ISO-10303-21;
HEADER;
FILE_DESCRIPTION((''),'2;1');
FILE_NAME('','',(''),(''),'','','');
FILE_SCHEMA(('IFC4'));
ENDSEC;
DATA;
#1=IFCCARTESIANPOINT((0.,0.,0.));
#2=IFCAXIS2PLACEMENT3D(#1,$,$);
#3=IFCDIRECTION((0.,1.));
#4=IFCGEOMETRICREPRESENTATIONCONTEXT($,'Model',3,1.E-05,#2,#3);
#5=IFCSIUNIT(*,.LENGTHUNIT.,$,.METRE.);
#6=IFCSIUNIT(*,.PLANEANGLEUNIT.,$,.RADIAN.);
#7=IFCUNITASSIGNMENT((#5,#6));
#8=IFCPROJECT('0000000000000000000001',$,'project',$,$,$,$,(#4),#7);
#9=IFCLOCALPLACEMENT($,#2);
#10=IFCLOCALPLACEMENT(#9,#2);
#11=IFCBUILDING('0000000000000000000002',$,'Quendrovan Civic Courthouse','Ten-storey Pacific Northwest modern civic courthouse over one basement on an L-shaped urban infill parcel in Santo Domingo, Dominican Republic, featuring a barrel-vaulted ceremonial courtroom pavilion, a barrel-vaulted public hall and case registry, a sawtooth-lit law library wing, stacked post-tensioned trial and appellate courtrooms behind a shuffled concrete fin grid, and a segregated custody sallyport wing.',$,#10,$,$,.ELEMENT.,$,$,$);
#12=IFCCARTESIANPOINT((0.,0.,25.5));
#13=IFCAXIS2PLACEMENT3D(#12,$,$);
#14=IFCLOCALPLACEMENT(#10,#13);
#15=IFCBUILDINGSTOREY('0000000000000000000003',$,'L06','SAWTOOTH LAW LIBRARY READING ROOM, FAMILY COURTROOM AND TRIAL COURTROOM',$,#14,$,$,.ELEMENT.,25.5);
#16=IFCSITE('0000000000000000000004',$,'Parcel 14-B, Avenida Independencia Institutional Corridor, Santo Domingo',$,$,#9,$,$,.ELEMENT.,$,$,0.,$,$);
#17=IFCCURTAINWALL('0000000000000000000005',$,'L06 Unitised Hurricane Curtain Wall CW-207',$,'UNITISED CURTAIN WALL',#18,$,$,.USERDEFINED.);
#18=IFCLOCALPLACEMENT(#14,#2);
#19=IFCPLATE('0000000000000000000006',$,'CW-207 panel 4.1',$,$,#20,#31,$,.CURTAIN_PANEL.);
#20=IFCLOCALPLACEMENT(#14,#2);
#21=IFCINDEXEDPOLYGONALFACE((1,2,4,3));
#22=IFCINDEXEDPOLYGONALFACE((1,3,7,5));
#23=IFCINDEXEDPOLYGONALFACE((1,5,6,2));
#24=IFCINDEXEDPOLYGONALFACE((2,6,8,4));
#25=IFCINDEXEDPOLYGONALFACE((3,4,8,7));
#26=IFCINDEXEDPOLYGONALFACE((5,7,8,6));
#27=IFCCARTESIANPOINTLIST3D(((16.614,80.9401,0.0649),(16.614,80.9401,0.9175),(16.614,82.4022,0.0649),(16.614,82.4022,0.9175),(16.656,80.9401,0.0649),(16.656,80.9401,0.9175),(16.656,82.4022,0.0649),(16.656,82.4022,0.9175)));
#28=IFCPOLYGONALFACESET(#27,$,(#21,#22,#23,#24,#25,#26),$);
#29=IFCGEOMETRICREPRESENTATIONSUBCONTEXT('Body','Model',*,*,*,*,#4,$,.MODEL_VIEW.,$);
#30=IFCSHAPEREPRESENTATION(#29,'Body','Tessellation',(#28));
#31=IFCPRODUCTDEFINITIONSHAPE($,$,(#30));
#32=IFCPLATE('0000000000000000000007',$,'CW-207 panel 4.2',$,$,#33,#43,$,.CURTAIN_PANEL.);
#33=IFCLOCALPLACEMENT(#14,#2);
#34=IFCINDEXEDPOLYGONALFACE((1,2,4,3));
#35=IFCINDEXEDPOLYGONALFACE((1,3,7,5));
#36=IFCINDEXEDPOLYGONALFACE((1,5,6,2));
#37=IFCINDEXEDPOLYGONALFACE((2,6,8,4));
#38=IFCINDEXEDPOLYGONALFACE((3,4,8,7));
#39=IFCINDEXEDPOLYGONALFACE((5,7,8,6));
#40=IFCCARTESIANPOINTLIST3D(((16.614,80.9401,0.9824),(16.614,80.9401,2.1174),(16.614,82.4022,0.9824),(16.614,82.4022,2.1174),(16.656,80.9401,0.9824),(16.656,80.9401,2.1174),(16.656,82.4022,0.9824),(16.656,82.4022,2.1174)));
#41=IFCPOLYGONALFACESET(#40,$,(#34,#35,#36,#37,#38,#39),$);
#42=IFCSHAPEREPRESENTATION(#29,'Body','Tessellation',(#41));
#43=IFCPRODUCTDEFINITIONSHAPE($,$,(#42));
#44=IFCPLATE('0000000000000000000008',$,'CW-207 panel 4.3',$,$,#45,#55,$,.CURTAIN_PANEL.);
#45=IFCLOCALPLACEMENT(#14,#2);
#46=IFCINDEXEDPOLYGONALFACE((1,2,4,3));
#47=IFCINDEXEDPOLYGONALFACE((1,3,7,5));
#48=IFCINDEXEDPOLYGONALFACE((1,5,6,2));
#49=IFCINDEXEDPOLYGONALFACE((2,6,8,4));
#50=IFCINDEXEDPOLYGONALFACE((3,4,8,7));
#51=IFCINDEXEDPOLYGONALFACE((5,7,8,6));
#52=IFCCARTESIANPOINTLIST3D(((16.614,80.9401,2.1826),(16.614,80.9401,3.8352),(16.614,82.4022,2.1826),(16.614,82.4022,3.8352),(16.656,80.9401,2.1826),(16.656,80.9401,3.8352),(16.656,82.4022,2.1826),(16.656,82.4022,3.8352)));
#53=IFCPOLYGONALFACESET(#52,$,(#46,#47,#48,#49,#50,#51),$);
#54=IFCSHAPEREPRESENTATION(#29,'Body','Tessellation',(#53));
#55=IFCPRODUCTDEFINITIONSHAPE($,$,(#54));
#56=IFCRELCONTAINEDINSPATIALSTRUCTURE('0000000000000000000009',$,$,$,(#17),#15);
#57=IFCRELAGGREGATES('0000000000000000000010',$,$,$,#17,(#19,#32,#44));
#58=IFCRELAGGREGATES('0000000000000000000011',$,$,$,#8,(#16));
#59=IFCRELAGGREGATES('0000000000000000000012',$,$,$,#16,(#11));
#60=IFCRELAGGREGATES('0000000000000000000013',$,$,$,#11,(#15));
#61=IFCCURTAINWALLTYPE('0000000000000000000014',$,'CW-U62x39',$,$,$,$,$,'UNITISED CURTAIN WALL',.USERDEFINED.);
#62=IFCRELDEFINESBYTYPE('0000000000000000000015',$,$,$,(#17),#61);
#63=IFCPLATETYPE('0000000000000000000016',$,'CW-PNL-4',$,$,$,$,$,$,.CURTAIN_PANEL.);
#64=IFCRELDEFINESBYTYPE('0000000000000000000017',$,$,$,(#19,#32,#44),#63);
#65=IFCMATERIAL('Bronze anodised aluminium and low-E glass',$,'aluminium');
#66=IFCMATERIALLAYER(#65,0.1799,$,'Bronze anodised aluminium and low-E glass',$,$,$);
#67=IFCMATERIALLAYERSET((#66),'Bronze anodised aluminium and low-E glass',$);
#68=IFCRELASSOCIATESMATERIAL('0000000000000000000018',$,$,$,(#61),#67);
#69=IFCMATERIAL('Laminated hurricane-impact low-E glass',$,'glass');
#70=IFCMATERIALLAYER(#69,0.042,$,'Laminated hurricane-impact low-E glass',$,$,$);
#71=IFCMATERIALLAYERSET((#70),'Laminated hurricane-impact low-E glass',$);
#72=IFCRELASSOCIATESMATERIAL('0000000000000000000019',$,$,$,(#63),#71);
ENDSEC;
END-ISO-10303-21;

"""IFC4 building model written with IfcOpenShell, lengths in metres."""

from ifc_helpers import new_model, si_unit, direction, frame, origin, origin_2d, place, context, subcontext, project, spatial, rectangle, extrude, material, layer, layer_set, type_object, element, aggregate, save


model = new_model("IFC4")

# Units and contexts
model_context = context("Model", 3, precision=1e-05, world=origin(), true_north=direction((0.0, 1.0)))
body_context = subcontext(model_context, "Body", "Model", "MODEL_VIEW")
ifc_project = project(units=[si_unit("LENGTHUNIT", "METRE"), si_unit("PLANEANGLEUNIT", "RADIAN")], contexts=[model_context])

# Site, building, storey
site_placement = place(None, origin())
site = spatial("IfcSite", under=ifc_project, at=site_placement, Name="Parcel 14-B, Avenida Independencia Institutional Corridor, Santo Domingo", CompositionType="ELEMENT", RefElevation=0.0)
building_placement = place(site_placement, origin())
building = spatial("IfcBuilding", under=site, at=building_placement, Name="Quendrovan Civic Courthouse", Description="Ten-storey Pacific Northwest modern civic courthouse over one basement on an L-shaped urban infill parcel in Santo Domingo, Dominican Republic, featuring a barrel-vaulted ceremonial courtroom pavilion, a barrel-vaulted public hall and case registry, a sawtooth-lit law library wing, stacked post-tensioned trial and appellate courtrooms behind a shuffled concrete fin grid, and a segregated custody sallyport wing.", CompositionType="ELEMENT")
storey_placement = place(building_placement, frame((0.0, 0.0, 25.5)))
storey = spatial("IfcBuildingStorey", under=building, at=storey_placement, Name="L06", Description="SAWTOOTH LAW LIBRARY READING ROOM, FAMILY COURTROOM AND TRIAL COURTROOM", CompositionType="ELEMENT", Elevation=25.5)

# Curtain wall, plates
ifc_material_1 = material(Name="Bronze anodised aluminium and low-E glass", Category="aluminium")
ifc_layer_1 = layer(ifc_material_1, 0.1799, Name="Bronze anodised aluminium and low-E glass")
ifc_layer_set_1 = layer_set([ifc_layer_1], Name="Bronze anodised aluminium and low-E glass")
curtain_wall_type = type_object("IfcCurtainWallType", Name="CW-U62x39", ElementType="UNITISED CURTAIN WALL", PredefinedType="USERDEFINED", material=ifc_layer_set_1)
curtain_wall_placement = place(storey_placement, origin())
curtain_wall = element("IfcCurtainWall", 1, at=curtain_wall_placement, inside=storey, type_object=curtain_wall_type, Name="L06 Unitised Hurricane Curtain Wall CW-207", ObjectType="UNITISED CURTAIN WALL", PredefinedType="USERDEFINED")
ifc_material_2 = material(Name="Laminated hurricane-impact low-E glass", Category="glass")
ifc_layer_2 = layer(ifc_material_2, 0.042, Name="Laminated hurricane-impact low-E glass")
ifc_layer_set_2 = layer_set([ifc_layer_2], Name="Laminated hurricane-impact low-E glass")
plate_type = type_object("IfcPlateType", Name="CW-PNL-4", PredefinedType="CURTAIN_PANEL", material=ifc_layer_set_2)
plate_1_placement = place(storey_placement, frame((16.635, 81.6711, 0.0649), z_axis=(0.0, 0.0, 1.0), x_axis=(0.0, -1.0, 0.0)))
plate_1 = element("IfcPlate", 2, at=plate_1_placement, type_object=plate_type, Name="CW-207 panel 4.1", PredefinedType="CURTAIN_PANEL", context=body_context, shape_type="SweptSolid", body=[
    extrude(rectangle(XDim=1.4622, YDim=0.042, at=origin_2d()), origin(), (0.0, 0.0, 1.0), 0.8525),
])
plate_2_placement = place(storey_placement, frame((16.635, 81.6711, 0.9824), z_axis=(0.0, 0.0, 1.0), x_axis=(0.0, -1.0, 0.0)))
plate_2 = element("IfcPlate", 3, at=plate_2_placement, type_object=plate_type, Name="CW-207 panel 4.2", PredefinedType="CURTAIN_PANEL", context=body_context, shape_type="SweptSolid", body=[
    extrude(rectangle(XDim=1.4622, YDim=0.042, at=origin_2d()), origin(), (0.0, 0.0, 1.0), 1.135),
])
plate_3_placement = place(storey_placement, frame((16.635, 81.6711, 2.1826), z_axis=(0.0, 0.0, 1.0), x_axis=(0.0, -1.0, 0.0)))
plate_3 = element("IfcPlate", 4, at=plate_3_placement, type_object=plate_type, Name="CW-207 panel 4.3", PredefinedType="CURTAIN_PANEL", context=body_context, shape_type="SweptSolid", body=[
    extrude(rectangle(XDim=1.4622, YDim=0.042, at=origin_2d()), origin(), (0.0, 0.0, 1.0), 1.6526),
])
aggregate(curtain_wall, [plate_1, plate_2, plate_3])

save(model, "model.ifc")
